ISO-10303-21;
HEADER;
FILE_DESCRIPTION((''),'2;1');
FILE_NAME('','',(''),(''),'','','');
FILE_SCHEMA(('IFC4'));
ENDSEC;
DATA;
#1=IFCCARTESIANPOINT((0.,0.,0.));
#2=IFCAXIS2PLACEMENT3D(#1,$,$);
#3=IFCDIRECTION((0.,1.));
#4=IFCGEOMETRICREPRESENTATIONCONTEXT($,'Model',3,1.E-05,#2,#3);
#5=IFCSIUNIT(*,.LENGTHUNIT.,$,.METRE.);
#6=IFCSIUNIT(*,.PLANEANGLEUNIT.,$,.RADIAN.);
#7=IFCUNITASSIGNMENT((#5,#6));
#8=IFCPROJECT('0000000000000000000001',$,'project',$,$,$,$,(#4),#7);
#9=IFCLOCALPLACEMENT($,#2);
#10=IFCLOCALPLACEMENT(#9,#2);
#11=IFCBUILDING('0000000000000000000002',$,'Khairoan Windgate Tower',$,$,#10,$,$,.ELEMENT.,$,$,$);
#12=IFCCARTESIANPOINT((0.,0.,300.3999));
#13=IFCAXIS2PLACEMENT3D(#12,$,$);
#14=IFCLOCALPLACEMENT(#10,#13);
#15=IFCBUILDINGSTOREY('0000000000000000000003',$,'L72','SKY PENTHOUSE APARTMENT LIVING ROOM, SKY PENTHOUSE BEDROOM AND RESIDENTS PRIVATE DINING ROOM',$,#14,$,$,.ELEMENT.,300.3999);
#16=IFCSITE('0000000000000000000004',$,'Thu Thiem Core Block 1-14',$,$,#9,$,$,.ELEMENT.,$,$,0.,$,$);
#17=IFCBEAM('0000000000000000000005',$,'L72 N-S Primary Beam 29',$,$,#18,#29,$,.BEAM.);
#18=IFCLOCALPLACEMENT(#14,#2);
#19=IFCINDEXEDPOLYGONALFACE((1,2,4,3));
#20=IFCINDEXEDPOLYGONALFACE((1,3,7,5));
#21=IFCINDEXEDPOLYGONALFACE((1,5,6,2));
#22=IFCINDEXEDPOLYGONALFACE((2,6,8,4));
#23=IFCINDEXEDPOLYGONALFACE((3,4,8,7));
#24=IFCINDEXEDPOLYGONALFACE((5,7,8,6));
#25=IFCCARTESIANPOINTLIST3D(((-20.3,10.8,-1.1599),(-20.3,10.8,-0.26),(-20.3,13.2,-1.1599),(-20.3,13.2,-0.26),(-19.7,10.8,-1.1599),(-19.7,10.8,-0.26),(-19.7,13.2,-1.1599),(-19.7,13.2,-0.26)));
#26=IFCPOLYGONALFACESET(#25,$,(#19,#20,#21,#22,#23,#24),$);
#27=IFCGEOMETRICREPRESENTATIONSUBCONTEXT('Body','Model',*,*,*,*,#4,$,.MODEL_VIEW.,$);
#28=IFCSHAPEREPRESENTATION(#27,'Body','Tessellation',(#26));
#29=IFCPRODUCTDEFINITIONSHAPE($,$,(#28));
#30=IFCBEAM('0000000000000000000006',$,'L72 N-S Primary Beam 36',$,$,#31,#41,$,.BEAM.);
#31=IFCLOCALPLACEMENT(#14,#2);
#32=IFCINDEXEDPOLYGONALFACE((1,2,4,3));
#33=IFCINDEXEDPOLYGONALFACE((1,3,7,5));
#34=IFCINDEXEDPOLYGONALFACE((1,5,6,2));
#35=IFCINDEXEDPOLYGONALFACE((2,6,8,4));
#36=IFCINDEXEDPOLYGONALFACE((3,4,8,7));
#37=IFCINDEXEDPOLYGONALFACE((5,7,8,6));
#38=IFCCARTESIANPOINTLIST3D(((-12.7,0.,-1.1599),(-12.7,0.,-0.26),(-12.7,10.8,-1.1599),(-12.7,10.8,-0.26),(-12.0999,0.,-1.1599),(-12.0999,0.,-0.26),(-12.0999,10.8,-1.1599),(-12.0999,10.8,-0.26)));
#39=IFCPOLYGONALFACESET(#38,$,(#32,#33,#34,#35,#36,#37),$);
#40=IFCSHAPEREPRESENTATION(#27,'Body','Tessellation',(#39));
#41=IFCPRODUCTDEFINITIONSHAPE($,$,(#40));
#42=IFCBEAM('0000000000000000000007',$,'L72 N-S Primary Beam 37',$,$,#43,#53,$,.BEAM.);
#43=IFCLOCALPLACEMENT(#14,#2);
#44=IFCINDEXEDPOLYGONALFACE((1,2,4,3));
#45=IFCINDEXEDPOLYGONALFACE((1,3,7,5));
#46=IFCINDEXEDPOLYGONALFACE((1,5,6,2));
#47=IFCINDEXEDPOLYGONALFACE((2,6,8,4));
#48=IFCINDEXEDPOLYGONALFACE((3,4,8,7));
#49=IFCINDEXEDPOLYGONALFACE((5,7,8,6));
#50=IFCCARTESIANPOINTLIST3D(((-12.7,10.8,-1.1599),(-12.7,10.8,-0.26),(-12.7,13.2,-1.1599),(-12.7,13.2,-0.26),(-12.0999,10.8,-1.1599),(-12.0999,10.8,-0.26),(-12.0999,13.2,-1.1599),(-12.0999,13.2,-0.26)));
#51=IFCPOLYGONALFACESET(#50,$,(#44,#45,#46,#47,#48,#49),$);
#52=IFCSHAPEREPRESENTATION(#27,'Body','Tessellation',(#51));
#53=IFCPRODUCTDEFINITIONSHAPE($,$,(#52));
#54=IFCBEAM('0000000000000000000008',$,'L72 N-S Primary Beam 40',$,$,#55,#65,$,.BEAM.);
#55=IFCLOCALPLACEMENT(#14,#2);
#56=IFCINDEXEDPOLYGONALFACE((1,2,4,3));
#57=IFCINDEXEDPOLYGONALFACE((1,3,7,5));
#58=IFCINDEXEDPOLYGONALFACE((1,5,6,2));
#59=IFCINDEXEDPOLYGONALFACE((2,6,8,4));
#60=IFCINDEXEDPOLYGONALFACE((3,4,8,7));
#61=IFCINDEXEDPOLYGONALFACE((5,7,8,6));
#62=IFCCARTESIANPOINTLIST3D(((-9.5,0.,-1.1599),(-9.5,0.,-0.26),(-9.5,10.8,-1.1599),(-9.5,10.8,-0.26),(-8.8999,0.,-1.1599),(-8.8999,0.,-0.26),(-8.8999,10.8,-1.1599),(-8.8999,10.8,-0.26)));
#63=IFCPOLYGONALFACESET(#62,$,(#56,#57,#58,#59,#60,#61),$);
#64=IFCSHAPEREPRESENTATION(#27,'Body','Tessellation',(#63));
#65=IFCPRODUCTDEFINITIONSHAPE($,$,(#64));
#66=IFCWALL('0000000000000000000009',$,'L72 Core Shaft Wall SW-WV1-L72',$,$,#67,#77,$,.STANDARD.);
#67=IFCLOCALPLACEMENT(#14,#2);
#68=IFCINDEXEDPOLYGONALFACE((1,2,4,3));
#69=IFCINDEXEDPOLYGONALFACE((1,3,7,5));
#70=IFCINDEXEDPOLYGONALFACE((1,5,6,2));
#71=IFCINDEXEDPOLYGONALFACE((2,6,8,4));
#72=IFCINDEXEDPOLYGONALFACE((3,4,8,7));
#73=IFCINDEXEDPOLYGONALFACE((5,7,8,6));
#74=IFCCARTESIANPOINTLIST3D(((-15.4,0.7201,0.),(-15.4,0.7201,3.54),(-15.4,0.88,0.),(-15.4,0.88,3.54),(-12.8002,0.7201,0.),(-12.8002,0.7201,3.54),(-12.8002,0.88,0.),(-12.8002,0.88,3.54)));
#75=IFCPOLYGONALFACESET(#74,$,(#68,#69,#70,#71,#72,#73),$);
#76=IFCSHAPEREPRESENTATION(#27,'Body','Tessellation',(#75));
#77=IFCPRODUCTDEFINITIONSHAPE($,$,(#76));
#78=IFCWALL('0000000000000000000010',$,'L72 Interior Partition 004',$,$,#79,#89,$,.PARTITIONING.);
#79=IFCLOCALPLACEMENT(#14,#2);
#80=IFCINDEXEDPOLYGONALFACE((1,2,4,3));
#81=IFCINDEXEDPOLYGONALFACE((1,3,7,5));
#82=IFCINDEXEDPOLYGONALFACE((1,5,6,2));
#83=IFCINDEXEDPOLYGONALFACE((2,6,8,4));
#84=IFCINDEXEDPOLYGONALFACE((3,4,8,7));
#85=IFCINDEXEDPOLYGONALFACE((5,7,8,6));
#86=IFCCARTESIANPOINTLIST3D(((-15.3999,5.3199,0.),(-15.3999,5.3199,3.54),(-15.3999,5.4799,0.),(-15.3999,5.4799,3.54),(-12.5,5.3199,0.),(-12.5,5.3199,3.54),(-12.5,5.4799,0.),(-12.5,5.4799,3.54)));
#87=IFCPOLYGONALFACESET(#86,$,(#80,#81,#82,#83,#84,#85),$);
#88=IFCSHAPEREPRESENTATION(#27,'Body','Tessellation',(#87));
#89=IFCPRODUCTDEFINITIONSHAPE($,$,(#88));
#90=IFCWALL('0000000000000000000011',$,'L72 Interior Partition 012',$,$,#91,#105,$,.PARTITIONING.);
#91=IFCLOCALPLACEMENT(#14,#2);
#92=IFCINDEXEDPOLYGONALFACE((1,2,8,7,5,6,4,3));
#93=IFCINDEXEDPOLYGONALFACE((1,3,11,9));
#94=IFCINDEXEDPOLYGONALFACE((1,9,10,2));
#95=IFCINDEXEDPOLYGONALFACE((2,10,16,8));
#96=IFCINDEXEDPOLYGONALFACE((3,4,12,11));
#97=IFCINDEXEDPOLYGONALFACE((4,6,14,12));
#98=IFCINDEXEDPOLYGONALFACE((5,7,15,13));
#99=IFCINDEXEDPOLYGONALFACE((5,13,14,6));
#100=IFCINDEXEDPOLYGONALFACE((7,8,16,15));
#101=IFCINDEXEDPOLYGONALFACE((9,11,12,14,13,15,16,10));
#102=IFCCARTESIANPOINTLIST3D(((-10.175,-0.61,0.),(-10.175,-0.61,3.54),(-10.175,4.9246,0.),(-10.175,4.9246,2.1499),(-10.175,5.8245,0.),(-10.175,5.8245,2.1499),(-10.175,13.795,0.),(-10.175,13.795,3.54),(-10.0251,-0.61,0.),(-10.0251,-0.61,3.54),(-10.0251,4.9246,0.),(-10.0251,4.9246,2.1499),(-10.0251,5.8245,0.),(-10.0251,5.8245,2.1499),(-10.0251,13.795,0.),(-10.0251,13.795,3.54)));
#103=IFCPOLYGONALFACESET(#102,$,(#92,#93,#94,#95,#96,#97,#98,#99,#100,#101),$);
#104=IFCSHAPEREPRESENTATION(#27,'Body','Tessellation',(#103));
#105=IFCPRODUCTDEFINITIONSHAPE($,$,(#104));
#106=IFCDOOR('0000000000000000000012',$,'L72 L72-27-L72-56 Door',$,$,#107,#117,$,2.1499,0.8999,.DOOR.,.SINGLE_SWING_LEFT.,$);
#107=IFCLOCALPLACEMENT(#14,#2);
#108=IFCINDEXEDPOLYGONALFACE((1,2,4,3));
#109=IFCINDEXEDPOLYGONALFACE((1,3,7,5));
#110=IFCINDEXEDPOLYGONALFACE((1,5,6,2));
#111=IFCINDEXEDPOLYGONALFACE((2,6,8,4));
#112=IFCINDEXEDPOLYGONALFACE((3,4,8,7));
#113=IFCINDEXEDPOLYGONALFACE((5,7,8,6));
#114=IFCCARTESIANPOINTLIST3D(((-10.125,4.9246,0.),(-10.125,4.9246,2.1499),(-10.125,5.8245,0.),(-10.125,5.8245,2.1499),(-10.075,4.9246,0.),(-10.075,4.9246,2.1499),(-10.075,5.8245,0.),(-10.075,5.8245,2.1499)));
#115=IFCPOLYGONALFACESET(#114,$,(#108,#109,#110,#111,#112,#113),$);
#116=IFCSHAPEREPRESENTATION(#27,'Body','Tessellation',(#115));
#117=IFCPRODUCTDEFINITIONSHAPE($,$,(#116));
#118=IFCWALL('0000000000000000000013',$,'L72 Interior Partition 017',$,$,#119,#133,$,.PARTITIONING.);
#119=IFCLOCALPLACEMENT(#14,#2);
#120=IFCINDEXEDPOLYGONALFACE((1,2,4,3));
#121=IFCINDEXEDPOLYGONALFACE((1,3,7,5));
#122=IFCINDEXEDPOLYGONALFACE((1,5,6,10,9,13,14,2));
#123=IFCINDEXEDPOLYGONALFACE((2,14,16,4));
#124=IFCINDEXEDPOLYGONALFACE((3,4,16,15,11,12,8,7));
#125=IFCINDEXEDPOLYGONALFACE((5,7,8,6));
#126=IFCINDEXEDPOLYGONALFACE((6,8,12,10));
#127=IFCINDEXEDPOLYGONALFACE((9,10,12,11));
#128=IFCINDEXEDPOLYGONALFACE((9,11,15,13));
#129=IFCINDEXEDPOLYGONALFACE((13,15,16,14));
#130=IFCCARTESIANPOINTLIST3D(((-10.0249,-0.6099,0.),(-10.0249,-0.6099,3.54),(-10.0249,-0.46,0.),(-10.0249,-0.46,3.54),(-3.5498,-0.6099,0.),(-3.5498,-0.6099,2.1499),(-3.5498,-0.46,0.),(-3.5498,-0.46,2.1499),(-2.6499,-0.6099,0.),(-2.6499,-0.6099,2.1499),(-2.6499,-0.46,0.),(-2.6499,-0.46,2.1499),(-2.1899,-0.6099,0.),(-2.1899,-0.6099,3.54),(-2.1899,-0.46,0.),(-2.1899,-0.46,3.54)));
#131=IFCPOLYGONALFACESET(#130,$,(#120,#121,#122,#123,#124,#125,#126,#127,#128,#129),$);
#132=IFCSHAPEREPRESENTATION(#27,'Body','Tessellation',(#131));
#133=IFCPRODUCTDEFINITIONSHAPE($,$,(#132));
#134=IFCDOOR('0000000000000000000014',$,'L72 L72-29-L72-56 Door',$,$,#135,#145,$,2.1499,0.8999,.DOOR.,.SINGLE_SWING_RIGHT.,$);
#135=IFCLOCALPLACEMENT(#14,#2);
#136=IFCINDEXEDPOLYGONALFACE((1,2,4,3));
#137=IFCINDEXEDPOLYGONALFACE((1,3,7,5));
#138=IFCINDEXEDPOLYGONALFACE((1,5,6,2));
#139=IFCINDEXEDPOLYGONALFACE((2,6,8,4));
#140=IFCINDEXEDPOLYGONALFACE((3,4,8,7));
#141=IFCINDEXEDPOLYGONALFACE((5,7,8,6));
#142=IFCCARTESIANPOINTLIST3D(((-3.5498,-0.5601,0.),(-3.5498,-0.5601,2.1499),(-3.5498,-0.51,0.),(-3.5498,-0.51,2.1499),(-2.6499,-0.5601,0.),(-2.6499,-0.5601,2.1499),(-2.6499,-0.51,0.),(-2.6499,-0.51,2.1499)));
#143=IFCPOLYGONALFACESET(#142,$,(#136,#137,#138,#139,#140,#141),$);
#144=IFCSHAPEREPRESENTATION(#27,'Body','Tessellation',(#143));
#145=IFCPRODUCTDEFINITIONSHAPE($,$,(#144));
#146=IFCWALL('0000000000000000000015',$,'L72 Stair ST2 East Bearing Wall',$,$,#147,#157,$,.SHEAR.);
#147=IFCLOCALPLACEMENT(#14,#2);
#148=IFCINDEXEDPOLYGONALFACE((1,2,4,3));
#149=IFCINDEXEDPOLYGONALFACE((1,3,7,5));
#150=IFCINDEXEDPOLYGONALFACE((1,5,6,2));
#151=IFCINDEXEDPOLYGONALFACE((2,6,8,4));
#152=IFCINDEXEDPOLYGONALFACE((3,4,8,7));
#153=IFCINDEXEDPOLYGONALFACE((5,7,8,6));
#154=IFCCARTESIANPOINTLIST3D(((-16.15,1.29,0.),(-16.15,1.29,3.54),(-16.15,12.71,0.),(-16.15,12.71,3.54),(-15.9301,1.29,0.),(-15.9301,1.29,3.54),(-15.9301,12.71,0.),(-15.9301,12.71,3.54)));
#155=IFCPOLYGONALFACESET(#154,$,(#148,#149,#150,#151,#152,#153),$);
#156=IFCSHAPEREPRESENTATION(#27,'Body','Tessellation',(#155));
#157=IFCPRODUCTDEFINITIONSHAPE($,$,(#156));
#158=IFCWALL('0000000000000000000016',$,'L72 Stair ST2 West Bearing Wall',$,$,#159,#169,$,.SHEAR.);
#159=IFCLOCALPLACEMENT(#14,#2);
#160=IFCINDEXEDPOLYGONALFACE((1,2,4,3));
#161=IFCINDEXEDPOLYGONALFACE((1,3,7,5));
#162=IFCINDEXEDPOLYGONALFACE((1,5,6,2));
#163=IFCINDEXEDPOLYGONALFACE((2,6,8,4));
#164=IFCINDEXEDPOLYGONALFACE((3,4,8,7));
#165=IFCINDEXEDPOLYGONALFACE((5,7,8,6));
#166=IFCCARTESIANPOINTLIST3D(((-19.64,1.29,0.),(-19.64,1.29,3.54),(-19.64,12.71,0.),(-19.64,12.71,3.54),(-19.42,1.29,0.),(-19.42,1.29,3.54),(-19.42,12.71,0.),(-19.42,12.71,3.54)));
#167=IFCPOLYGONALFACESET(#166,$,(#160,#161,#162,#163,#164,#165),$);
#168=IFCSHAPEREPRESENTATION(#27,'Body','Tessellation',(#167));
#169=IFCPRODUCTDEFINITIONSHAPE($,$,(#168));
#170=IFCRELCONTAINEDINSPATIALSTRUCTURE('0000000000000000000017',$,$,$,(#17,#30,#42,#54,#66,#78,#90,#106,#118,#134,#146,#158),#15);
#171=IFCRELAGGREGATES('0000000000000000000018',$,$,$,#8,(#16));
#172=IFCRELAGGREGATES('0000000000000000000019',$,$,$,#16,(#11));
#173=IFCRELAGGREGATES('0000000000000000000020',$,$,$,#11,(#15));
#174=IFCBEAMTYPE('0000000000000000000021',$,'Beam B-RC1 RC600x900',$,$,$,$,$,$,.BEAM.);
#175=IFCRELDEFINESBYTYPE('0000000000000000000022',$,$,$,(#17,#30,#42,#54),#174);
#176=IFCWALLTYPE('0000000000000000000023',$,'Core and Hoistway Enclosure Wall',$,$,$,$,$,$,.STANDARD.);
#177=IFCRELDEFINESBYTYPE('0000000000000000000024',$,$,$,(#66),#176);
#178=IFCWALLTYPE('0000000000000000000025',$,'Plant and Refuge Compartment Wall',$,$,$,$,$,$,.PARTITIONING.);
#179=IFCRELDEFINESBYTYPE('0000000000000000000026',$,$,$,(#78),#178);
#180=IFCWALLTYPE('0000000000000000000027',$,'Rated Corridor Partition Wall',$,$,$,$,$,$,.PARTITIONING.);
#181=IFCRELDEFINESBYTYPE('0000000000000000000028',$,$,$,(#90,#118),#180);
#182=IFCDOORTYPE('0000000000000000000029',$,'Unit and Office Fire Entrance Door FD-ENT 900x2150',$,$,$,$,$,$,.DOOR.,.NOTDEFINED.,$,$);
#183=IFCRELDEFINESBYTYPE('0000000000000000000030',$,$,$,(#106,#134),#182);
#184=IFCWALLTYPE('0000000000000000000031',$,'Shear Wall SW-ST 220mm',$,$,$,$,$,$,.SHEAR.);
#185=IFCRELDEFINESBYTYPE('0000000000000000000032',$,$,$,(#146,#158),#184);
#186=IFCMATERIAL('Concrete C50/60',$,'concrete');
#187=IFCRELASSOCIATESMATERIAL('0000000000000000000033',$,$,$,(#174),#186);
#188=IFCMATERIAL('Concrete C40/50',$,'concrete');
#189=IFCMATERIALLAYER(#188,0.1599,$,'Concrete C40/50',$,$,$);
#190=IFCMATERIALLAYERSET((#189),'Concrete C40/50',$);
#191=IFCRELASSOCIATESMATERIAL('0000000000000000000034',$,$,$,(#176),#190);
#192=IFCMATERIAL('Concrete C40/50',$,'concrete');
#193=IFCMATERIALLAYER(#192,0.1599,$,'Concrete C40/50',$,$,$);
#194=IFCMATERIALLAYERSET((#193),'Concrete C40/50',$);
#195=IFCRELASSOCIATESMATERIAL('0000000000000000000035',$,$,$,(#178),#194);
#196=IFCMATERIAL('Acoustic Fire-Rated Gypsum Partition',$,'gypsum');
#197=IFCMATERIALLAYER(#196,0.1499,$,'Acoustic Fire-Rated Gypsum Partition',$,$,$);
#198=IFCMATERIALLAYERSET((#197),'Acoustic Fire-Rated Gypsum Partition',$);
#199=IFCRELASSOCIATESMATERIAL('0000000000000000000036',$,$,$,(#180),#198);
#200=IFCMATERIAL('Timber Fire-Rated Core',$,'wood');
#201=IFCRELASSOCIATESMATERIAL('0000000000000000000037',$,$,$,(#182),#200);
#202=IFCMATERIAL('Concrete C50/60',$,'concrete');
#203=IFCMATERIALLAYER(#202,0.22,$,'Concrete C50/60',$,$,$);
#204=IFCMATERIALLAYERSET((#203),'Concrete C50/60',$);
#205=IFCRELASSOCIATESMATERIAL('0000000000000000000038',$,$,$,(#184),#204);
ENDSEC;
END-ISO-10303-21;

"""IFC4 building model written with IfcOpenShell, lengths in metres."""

from ifc_helpers import new_model, si_unit, direction, frame, frame_2d, origin, origin_2d, place, context, subcontext, project, spatial, rectangle, extrude, material, layer, layer_set, material_profile, profile_set, type_object, element, fill, save


model = new_model("IFC4")

# Units and contexts
model_context = context("Model", 3, precision=1e-05, world=origin(), true_north=direction((0.0, 1.0)))
body_context = subcontext(model_context, "Body", "Model", "MODEL_VIEW")
ifc_project = project(units=[si_unit("LENGTHUNIT", "METRE"), si_unit("PLANEANGLEUNIT", "RADIAN")], contexts=[model_context])

# Site, building, storey
site_placement = place(None, origin())
site = spatial("IfcSite", under=ifc_project, at=site_placement, Name="Thu Thiem Core Block 1-14", CompositionType="ELEMENT", RefElevation=0.0)
building_placement = place(site_placement, origin())
building = spatial("IfcBuilding", under=site, at=building_placement, Name="Khairoan Windgate Tower", CompositionType="ELEMENT")
storey_placement = place(building_placement, frame((0.0, 0.0, 300.3999)))
storey = spatial("IfcBuildingStorey", under=building, at=storey_placement, Name="L72", Description="SKY PENTHOUSE APARTMENT LIVING ROOM, SKY PENTHOUSE BEDROOM AND RESIDENTS PRIVATE DINING ROOM", CompositionType="ELEMENT", Elevation=300.3999)

# Beams
ifc_material_1 = material(Name="Concrete C50/60", Category="concrete")
ifc_material_profile_1 = material_profile(ifc_material_1, rectangle(XDim=0.6001, YDim=0.8999, at=origin_2d()))
ifc_profile_set_1 = profile_set([ifc_material_profile_1], Name="Concrete C50/60")
beam_type = type_object("IfcBeamType", Name="Beam B-RC1 RC600x900", PredefinedType="BEAM", material=ifc_profile_set_1)
beam_1_placement = place(storey_placement, frame((-20.0, 10.8, -0.71), z_axis=(0.0, 1.0, 0.0), x_axis=(-1.0, 0.0, 0.0)))
element("IfcBeam", 1, at=beam_1_placement, inside=storey, type_object=beam_type, Name="L72 N-S Primary Beam 29", PredefinedType="BEAM", context=body_context, shape_type="SweptSolid", body=[
    extrude(rectangle(XDim=0.6001, YDim=0.8999, at=origin_2d()), origin(), (0.0, 0.0, 1.0), 2.3999),
])
beam_2_placement = place(storey_placement, frame((-12.3999, 0.0, -0.71), z_axis=(0.0, 1.0, 0.0), x_axis=(-1.0, 0.0, 0.0)))
element("IfcBeam", 2, at=beam_2_placement, inside=storey, type_object=beam_type, Name="L72 N-S Primary Beam 36", PredefinedType="BEAM", context=body_context, shape_type="SweptSolid", body=[
    extrude(rectangle(XDim=0.6001, YDim=0.8999, at=origin_2d()), origin(), (0.0, 0.0, 1.0), 10.8),
])
beam_3_placement = place(storey_placement, frame((-12.3999, 10.8, -0.71), z_axis=(0.0, 1.0, 0.0), x_axis=(-1.0, 0.0, 0.0)))
element("IfcBeam", 3, at=beam_3_placement, inside=storey, type_object=beam_type, Name="L72 N-S Primary Beam 37", PredefinedType="BEAM", context=body_context, shape_type="SweptSolid", body=[
    extrude(rectangle(XDim=0.6001, YDim=0.8999, at=origin_2d()), origin(), (0.0, 0.0, 1.0), 2.3999),
])
beam_4_placement = place(storey_placement, frame((-9.2, 0.0, -0.71), z_axis=(0.0, 1.0, 0.0), x_axis=(-1.0, 0.0, 0.0)))
element("IfcBeam", 4, at=beam_4_placement, inside=storey, type_object=beam_type, Name="L72 N-S Primary Beam 40", PredefinedType="BEAM", context=body_context, shape_type="SweptSolid", body=[
    extrude(rectangle(XDim=0.6001, YDim=0.8999, at=origin_2d()), origin(), (0.0, 0.0, 1.0), 10.8),
])

# Walls
ifc_material_2 = material(Name="Concrete C40/50", Category="concrete")
ifc_layer_1 = layer(ifc_material_2, 0.1599, Name="Concrete C40/50")
ifc_layer_set_1 = layer_set([ifc_layer_1], Name="Concrete C40/50")
wall_type_1 = type_object("IfcWallType", Name="Core and Hoistway Enclosure Wall", PredefinedType="STANDARD", material=ifc_layer_set_1)
wall_1_placement = place(storey_placement, frame((-15.3999, 0.8, 0.0), z_axis=(0.0, 0.0, 1.0), x_axis=(1.0, 0.0, 0.0)))
element("IfcWall", 5, at=wall_1_placement, inside=storey, type_object=wall_type_1, Name="L72 Core Shaft Wall SW-WV1-L72", PredefinedType="STANDARD", context=body_context, shape_type="SweptSolid", body=[
    extrude(rectangle(XDim=2.5999, YDim=0.1599, at=frame_2d((1.2998, 0.0))), origin(), (0.0, 0.0, 1.0), 3.54),
])
ifc_material_3 = material(Name="Concrete C40/50", Category="concrete")
ifc_layer_2 = layer(ifc_material_3, 0.1599, Name="Concrete C40/50")
ifc_layer_set_2 = layer_set([ifc_layer_2], Name="Concrete C40/50")
wall_type_2 = type_object("IfcWallType", Name="Plant and Refuge Compartment Wall", PredefinedType="PARTITIONING", material=ifc_layer_set_2)
wall_2_placement = place(storey_placement, frame((-15.3999, 5.3999, 0.0), z_axis=(0.0, 0.0, 1.0), x_axis=(1.0, 0.0, 0.0)))
element("IfcWall", 6, at=wall_2_placement, inside=storey, type_object=wall_type_2, Name="L72 Interior Partition 004", PredefinedType="PARTITIONING", context=body_context, shape_type="SweptSolid", body=[
    extrude(rectangle(XDim=2.8999, YDim=0.1599, at=frame_2d((1.45, 0.0))), origin(), (0.0, 0.0, 1.0), 3.54),
])

# Walls, openings, doors
ifc_material_4 = material(Name="Acoustic Fire-Rated Gypsum Partition", Category="gypsum")
ifc_layer_3 = layer(ifc_material_4, 0.1499, Name="Acoustic Fire-Rated Gypsum Partition")
ifc_layer_set_3 = layer_set([ifc_layer_3], Name="Acoustic Fire-Rated Gypsum Partition")
wall_type_3 = type_object("IfcWallType", Name="Rated Corridor Partition Wall", PredefinedType="PARTITIONING", material=ifc_layer_set_3)
wall_3_placement = place(storey_placement, frame((-10.1001, -0.6101, 0.0), z_axis=(0.0, 0.0, 1.0), x_axis=(0.0, 1.0, 0.0)))
wall_3 = element("IfcWall", 7, at=wall_3_placement, inside=storey, type_object=wall_type_3, Name="L72 Interior Partition 012", PredefinedType="PARTITIONING", context=body_context, shape_type="SweptSolid", body=[
    extrude(rectangle(XDim=14.405, YDim=0.1499, at=frame_2d((7.2026, 0.0))), origin(), (0.0, 0.0, 1.0), 3.54),
])
opening_1_placement = place(wall_3_placement, frame((5.5347, 0.0, 0.0)))
opening_1 = element("IfcOpeningElement", 8, at=opening_1_placement, cuts=wall_3, PredefinedType="OPENING", context=body_context, shape_type="SweptSolid", body=[
    extrude(rectangle(XDim=0.8999, YDim=2.1499, at=frame_2d((0.45, 1.075))), frame((0.0, 0.085, 0.0), z_axis=(0.0, -1.0, 0.0), x_axis=(1.0, 0.0, 0.0)), (0.0, 0.0, 1.0), 0.1699),
])
ifc_material_5 = material(Name="Timber Fire-Rated Core", Category="wood")
door_type_1 = type_object("IfcDoorType", Name="Unit and Office Fire Entrance Door FD-ENT 900x2150", OperationType="NOTDEFINED", PredefinedType="DOOR", material=ifc_material_5)
door_1_placement = place(opening_1_placement, origin())
door_1 = element("IfcDoor", 9, at=door_1_placement, inside=storey, type_object=door_type_1, Name="L72 L72-27-L72-56 Door", OperationType="SINGLE_SWING_LEFT", OverallHeight=2.1499, OverallWidth=0.8999, PredefinedType="DOOR", context=body_context, shape_type="SweptSolid", body=[
    extrude(rectangle(XDim=0.8999, YDim=2.1499, at=frame_2d((0.45, 1.075))), frame((0.0, 0.0249, 0.0), z_axis=(0.0, -1.0, 0.0), x_axis=(1.0, 0.0, 0.0)), (0.0, 0.0, 1.0), 0.05),
])
fill(opening_1, door_1)
wall_4_placement = place(storey_placement, frame((-10.0249, -0.5349, 0.0), z_axis=(0.0, 0.0, 1.0), x_axis=(1.0, 0.0, 0.0)))
wall_4 = element("IfcWall", 10, at=wall_4_placement, inside=storey, type_object=wall_type_3, Name="L72 Interior Partition 017", PredefinedType="PARTITIONING", context=body_context, shape_type="SweptSolid", body=[
    extrude(rectangle(XDim=7.835, YDim=0.1499, at=frame_2d((3.9175, 0.0))), origin(), (0.0, 0.0, 1.0), 3.54),
])
opening_2_placement = place(wall_4_placement, frame((6.4751, 0.0, 0.0)))
opening_2 = element("IfcOpeningElement", 11, at=opening_2_placement, cuts=wall_4, PredefinedType="OPENING", context=body_context, shape_type="SweptSolid", body=[
    extrude(rectangle(XDim=0.8999, YDim=2.1499, at=frame_2d((0.45, 1.075))), frame((0.0, 0.085, 0.0), z_axis=(0.0, -1.0, 0.0), x_axis=(1.0, 0.0, 0.0)), (0.0, 0.0, 1.0), 0.1699),
])
door_2_placement = place(opening_2_placement, origin())
door_2 = element("IfcDoor", 12, at=door_2_placement, inside=storey, type_object=door_type_1, Name="L72 L72-29-L72-56 Door", OperationType="SINGLE_SWING_RIGHT", OverallHeight=2.1499, OverallWidth=0.8999, PredefinedType="DOOR", context=body_context, shape_type="SweptSolid", body=[
    extrude(rectangle(XDim=0.8999, YDim=2.1499, at=frame_2d((0.45, 1.075))), frame((0.0, 0.0249, 0.0), z_axis=(0.0, -1.0, 0.0), x_axis=(1.0, 0.0, 0.0)), (0.0, 0.0, 1.0), 0.05),
])
fill(opening_2, door_2)

# Walls
ifc_material_6 = material(Name="Concrete C50/60", Category="concrete")
ifc_layer_4 = layer(ifc_material_6, 0.22, Name="Concrete C50/60")
ifc_layer_set_4 = layer_set([ifc_layer_4], Name="Concrete C50/60")
wall_type_4 = type_object("IfcWallType", Name="Shear Wall SW-ST 220mm", PredefinedType="SHEAR", material=ifc_layer_set_4)
for number, where, z_axis, x_axis, name in (
    (13, (-16.04, 1.29, 0.0), (0.0, 0.0, 1.0), (0.0, 1.0, 0.0), "L72 Stair ST2 East Bearing Wall"),
    (14, (-19.53, 1.29, 0.0), (0.0, 0.0, 1.0), (0.0, 1.0, 0.0), "L72 Stair ST2 West Bearing Wall"),
):
    element("IfcWall", number, at=place(storey_placement, frame(where, z_axis=z_axis, x_axis=x_axis)), inside=storey, type_object=wall_type_4, Name=name, PredefinedType="SHEAR", context=body_context, shape_type="SweptSolid", body=[
        extrude(rectangle(XDim=11.4199, YDim=0.22, at=frame_2d((5.71, 0.0))), origin(), (0.0, 0.0, 1.0), 3.54),
    ])

save(model, "model.ifc")
